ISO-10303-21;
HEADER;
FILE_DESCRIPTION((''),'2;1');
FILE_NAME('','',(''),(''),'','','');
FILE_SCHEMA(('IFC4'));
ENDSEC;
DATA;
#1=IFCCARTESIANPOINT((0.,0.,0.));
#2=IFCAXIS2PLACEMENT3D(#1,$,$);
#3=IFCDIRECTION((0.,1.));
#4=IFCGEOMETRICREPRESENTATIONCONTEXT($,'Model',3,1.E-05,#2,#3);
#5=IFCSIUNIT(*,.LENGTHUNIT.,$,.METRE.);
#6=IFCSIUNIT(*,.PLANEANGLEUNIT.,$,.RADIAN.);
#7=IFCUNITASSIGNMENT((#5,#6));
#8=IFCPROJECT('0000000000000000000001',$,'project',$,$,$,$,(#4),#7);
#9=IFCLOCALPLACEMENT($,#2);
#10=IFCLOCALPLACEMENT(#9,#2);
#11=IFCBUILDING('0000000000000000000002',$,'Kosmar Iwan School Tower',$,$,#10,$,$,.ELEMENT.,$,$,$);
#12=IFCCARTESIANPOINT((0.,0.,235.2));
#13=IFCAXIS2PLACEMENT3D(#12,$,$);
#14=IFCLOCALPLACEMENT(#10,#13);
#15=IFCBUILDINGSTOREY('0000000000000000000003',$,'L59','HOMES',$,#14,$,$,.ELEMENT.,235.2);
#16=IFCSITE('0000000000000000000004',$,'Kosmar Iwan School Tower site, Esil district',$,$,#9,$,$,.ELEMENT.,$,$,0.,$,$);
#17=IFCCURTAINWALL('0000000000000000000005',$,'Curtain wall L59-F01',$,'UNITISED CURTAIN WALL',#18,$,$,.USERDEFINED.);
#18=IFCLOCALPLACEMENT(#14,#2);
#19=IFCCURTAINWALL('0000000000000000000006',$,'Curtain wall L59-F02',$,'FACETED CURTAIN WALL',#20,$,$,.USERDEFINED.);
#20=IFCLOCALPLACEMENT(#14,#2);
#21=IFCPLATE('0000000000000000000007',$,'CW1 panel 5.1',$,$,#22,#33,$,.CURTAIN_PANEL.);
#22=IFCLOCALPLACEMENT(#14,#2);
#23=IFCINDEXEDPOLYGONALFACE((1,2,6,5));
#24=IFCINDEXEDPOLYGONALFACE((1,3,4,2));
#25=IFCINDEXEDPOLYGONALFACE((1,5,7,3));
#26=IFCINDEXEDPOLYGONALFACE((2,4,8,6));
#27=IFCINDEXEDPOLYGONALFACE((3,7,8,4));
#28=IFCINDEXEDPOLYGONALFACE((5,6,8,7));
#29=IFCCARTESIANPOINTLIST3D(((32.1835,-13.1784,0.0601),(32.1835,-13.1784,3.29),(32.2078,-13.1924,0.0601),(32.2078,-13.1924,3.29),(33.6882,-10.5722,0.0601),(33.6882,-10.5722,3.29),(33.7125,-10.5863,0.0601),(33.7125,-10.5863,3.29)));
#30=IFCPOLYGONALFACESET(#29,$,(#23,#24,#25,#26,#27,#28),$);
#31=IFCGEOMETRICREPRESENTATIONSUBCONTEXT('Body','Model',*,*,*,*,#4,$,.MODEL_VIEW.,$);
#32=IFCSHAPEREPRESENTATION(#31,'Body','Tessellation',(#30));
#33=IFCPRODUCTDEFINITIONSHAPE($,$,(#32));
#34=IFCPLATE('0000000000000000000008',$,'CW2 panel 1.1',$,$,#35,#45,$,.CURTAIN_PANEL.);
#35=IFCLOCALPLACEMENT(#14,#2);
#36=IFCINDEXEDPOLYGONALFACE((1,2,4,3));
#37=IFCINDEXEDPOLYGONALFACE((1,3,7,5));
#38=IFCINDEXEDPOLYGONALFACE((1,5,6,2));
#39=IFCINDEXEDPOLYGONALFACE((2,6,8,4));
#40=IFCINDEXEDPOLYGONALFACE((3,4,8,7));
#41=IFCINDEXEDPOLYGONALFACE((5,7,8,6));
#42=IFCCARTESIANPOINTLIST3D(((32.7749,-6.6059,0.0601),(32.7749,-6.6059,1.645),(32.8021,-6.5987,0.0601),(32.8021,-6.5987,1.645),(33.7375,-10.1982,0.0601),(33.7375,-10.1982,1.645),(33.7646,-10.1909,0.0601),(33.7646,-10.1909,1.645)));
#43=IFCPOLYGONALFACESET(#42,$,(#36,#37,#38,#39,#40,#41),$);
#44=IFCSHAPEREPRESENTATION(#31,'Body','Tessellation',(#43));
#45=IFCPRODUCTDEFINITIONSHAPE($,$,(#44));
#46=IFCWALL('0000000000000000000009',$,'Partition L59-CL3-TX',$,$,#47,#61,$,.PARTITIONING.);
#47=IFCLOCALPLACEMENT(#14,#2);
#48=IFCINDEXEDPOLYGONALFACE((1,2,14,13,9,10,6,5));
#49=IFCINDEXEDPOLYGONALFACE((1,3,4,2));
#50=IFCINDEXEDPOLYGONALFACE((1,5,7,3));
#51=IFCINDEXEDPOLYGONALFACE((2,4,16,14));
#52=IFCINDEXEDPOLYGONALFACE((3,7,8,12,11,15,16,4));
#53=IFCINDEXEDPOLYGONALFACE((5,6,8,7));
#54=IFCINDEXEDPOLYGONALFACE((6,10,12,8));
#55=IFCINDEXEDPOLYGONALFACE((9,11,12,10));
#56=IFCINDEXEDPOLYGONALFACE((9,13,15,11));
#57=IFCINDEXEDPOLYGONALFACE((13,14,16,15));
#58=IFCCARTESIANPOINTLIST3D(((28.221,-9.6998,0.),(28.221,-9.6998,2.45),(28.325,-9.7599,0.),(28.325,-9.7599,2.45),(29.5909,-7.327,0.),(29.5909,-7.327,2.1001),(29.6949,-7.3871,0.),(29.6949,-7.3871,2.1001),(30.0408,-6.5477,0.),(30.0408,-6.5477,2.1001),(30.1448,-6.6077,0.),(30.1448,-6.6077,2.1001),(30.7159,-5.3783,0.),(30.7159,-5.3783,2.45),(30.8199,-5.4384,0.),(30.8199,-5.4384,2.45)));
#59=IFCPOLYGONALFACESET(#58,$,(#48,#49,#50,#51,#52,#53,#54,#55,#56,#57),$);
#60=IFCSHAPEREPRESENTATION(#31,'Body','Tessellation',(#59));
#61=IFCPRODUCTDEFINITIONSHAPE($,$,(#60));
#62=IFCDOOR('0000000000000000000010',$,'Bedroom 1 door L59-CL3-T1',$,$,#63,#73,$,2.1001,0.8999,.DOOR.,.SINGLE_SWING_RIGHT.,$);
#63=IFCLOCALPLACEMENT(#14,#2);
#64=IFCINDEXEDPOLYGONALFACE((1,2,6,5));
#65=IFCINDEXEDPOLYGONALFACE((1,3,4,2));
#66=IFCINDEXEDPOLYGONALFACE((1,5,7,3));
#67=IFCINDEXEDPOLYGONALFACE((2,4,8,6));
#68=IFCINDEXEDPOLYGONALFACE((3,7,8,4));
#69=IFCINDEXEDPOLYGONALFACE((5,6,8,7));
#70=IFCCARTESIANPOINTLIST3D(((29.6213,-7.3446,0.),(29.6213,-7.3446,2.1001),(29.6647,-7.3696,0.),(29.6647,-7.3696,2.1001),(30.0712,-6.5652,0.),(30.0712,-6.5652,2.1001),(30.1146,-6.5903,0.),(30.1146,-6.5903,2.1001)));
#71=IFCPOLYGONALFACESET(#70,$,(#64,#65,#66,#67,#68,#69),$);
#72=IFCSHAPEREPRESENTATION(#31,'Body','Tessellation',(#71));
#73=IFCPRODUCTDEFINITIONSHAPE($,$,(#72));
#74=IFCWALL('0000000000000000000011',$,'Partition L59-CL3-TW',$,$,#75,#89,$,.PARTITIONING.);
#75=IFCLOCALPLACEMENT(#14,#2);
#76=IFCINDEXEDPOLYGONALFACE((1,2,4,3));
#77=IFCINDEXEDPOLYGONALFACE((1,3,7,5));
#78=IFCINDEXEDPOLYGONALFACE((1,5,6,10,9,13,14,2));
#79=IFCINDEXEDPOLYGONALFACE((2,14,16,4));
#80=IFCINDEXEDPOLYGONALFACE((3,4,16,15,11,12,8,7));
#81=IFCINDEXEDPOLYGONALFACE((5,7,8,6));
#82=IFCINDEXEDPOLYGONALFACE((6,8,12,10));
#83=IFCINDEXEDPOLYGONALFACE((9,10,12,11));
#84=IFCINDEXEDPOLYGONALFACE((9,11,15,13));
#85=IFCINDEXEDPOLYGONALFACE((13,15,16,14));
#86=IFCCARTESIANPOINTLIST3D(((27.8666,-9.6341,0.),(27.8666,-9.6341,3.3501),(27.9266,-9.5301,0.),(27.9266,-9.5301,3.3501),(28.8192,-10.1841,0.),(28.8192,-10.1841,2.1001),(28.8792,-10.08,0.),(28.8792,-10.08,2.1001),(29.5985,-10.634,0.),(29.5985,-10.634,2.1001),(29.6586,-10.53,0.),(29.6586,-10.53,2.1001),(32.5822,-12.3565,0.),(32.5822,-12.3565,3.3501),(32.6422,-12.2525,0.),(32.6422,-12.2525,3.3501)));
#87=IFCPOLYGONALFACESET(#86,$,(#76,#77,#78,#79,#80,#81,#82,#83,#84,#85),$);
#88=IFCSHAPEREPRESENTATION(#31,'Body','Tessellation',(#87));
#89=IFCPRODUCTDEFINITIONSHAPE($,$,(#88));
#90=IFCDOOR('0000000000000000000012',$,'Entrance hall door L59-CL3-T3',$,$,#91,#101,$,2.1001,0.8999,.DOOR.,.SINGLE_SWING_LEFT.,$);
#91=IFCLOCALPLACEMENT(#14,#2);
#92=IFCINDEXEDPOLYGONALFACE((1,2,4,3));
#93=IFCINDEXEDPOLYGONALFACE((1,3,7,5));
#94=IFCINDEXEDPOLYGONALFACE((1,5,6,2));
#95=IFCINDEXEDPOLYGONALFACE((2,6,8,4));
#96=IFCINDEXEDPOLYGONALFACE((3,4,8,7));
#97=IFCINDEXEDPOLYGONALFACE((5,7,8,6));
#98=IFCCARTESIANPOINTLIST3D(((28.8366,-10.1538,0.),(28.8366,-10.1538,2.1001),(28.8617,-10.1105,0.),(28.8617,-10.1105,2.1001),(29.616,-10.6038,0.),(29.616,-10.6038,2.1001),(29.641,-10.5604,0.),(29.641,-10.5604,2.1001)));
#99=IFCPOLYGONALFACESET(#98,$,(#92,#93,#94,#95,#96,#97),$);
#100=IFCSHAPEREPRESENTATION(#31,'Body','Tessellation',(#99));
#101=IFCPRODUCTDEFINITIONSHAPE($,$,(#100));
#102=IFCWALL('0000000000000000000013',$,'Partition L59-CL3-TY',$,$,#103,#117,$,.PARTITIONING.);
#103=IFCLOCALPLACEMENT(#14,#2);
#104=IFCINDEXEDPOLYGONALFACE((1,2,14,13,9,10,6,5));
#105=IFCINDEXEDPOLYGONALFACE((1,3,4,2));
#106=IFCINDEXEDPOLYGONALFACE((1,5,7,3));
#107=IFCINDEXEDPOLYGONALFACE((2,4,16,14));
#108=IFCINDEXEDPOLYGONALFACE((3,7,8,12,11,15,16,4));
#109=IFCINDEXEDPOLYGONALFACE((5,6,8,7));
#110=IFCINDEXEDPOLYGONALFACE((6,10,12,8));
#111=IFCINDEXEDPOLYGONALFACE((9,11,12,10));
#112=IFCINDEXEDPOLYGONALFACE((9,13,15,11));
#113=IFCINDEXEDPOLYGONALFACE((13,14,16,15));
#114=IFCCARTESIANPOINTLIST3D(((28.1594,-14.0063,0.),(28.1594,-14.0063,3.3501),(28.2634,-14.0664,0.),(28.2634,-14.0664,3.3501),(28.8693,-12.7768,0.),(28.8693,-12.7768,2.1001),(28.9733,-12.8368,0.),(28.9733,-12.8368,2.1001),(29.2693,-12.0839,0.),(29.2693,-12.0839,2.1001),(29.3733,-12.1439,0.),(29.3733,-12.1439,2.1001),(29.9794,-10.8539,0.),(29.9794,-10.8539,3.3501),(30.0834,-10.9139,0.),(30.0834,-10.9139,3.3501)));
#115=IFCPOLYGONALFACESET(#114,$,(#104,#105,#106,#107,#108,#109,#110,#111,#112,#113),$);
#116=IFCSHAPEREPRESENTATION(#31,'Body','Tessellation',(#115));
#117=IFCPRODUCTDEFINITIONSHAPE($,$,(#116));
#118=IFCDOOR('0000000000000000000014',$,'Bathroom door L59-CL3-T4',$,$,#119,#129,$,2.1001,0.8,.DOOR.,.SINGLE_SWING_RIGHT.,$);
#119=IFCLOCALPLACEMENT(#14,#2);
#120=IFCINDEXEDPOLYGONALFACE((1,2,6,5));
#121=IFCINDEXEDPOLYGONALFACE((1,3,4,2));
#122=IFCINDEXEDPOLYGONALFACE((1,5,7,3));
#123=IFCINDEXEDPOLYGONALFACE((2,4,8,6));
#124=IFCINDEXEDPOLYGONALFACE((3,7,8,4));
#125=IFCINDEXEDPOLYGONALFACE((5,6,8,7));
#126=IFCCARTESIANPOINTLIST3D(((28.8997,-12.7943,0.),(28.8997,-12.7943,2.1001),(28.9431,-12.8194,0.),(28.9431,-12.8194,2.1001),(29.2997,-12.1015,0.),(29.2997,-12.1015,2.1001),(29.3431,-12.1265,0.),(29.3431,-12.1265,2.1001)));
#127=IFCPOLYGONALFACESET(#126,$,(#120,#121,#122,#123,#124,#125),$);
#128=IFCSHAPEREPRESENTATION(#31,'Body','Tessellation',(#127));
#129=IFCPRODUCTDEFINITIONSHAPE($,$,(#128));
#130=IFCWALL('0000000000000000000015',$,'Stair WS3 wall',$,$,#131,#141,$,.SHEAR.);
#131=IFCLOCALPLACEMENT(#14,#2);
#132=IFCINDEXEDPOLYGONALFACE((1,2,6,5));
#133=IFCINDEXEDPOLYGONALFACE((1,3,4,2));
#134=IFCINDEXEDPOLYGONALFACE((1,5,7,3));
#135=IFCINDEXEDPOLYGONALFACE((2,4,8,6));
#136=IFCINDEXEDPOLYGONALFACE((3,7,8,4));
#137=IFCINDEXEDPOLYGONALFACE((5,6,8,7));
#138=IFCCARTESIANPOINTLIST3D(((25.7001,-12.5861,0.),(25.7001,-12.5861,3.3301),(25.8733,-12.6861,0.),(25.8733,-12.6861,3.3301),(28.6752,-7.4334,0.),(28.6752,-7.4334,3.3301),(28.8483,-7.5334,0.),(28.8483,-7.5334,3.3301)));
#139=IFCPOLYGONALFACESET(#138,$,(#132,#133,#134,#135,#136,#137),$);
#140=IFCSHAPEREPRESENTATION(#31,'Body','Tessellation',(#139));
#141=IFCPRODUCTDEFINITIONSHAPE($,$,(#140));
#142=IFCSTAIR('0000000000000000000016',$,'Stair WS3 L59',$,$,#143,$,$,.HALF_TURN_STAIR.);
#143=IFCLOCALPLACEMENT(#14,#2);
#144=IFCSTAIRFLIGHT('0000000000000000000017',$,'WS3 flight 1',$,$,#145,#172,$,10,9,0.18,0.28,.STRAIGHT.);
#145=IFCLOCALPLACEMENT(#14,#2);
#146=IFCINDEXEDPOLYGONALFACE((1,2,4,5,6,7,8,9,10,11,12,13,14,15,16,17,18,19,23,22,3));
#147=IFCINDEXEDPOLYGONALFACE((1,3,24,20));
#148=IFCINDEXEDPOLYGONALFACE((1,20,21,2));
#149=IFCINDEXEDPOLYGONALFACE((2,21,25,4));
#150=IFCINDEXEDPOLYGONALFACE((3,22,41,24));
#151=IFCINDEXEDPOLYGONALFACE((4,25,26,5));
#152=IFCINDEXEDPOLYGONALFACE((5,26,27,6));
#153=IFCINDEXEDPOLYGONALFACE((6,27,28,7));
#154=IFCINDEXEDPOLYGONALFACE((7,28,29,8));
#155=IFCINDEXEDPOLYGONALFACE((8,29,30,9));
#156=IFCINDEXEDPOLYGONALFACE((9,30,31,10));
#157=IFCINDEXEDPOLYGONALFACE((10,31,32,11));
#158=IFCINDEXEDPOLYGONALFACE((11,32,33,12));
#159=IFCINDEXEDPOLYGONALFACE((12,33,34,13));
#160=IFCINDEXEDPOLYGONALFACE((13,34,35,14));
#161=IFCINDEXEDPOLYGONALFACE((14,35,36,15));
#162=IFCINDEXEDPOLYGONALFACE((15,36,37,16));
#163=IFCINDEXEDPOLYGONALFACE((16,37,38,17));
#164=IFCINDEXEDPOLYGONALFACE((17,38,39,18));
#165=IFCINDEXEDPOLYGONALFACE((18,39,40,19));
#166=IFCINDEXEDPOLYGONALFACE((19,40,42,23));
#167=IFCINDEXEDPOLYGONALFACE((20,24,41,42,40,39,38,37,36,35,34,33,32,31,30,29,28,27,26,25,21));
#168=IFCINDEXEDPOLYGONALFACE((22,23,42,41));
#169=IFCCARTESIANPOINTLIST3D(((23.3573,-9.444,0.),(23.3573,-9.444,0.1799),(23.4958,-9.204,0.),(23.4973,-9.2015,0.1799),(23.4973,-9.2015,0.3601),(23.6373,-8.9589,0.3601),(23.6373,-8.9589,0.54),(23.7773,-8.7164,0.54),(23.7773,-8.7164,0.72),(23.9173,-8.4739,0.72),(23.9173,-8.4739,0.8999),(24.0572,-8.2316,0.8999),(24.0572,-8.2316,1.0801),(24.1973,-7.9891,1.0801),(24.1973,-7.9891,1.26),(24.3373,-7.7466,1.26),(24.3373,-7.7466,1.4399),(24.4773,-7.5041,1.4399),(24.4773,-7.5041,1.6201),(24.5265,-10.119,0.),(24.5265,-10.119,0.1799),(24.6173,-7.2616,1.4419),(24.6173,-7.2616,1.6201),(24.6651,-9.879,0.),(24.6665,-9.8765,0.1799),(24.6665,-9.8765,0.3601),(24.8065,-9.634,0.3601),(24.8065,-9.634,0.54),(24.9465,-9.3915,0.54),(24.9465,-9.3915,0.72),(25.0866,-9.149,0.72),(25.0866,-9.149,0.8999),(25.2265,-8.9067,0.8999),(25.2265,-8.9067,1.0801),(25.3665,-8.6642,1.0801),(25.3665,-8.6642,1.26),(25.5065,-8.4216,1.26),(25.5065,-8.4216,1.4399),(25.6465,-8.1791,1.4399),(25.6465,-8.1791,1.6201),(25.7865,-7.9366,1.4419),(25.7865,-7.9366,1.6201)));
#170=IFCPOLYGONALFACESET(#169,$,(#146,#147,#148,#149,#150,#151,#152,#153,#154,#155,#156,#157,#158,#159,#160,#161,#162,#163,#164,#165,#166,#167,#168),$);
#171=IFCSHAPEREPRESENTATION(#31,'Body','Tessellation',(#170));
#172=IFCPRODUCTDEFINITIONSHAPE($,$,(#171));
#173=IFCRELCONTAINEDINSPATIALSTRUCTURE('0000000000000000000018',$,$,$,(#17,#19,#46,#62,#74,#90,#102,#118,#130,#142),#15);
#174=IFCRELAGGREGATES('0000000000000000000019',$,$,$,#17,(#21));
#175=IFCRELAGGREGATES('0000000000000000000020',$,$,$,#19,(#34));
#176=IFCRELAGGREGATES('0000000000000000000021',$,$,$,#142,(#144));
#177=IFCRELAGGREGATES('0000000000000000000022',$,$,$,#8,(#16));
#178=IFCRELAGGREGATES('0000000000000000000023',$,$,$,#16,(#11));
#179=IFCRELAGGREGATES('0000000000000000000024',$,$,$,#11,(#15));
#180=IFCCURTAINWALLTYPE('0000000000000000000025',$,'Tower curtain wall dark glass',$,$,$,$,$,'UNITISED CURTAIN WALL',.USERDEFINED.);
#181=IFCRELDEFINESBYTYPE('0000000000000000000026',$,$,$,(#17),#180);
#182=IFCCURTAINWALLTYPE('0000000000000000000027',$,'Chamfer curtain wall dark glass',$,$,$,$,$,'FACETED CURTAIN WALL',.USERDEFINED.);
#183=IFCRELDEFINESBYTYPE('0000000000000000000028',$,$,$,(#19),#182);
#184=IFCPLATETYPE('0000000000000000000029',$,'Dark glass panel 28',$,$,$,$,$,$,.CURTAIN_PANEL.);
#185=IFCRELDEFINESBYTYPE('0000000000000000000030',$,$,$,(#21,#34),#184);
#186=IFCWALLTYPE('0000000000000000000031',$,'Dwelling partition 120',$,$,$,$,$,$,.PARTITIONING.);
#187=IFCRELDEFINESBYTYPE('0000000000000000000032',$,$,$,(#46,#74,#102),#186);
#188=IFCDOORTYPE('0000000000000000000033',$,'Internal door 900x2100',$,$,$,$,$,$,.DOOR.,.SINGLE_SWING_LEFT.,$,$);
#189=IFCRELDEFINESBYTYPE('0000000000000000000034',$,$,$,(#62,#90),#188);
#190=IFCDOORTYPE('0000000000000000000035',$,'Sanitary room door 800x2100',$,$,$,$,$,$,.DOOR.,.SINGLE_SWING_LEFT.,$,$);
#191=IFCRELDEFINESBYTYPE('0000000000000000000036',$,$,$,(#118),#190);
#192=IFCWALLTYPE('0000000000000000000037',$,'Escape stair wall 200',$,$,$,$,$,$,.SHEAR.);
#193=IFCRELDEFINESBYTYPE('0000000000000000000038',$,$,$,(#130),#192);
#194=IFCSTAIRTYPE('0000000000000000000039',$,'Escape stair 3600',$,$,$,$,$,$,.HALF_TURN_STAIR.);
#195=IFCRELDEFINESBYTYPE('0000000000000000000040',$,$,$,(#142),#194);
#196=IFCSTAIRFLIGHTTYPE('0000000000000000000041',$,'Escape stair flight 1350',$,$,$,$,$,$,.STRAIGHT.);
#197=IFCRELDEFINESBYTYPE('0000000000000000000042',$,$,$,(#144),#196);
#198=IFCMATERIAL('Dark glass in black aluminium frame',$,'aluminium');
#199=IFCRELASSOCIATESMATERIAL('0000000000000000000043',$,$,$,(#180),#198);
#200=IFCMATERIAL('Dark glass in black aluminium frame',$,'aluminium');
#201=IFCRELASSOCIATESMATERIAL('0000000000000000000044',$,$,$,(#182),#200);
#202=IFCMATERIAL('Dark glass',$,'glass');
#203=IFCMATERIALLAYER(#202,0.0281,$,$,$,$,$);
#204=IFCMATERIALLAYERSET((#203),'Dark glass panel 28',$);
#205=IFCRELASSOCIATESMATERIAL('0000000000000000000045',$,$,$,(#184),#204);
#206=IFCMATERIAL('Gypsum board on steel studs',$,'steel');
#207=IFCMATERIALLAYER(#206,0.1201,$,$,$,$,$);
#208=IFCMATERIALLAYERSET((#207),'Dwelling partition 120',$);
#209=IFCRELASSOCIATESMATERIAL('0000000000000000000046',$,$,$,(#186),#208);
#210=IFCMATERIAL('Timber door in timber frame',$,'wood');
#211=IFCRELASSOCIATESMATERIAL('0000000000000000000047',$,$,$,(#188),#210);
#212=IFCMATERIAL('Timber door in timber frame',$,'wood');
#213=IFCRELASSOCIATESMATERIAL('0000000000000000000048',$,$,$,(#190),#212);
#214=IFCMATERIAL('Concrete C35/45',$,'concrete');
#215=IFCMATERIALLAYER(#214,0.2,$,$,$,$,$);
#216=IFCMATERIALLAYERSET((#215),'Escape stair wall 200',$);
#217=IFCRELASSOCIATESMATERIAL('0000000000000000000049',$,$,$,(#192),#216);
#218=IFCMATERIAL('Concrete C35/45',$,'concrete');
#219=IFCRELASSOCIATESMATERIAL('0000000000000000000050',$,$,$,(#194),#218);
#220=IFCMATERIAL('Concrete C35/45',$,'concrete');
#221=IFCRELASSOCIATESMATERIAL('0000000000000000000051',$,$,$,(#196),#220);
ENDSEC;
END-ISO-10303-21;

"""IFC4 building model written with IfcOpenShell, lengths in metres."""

from ifc_helpers import new_model, si_unit, direction, frame, frame_2d, origin, origin_2d, place, context, subcontext, project, spatial, polyline, rectangle, outline, extrude, material, layer, layer_set, type_object, element, fill, aggregate, save


model = new_model("IFC4")

# Units and contexts
model_context = context("Model", 3, precision=1e-05, world=origin(), true_north=direction((0.0, 1.0)))
body_context = subcontext(model_context, "Body", "Model", "MODEL_VIEW")
ifc_project = project(units=[si_unit("LENGTHUNIT", "METRE"), si_unit("PLANEANGLEUNIT", "RADIAN")], contexts=[model_context])

# Site, building, storey
site_placement = place(None, origin())
site = spatial("IfcSite", under=ifc_project, at=site_placement, Name="Kosmar Iwan School Tower site, Esil district", CompositionType="ELEMENT", RefElevation=0.0)
building_placement = place(site_placement, origin())
building = spatial("IfcBuilding", under=site, at=building_placement, Name="Kosmar Iwan School Tower", CompositionType="ELEMENT")
storey_placement = place(building_placement, frame((0.0, 0.0, 235.2)))
storey = spatial("IfcBuildingStorey", under=building, at=storey_placement, Name="L59", Description="HOMES", CompositionType="ELEMENT", Elevation=235.2)

# Curtain wall
ifc_material_1 = material(Name="Dark glass in black aluminium frame", Category="aluminium")
curtain_wall_type_1 = type_object("IfcCurtainWallType", Name="Tower curtain wall dark glass", ElementType="UNITISED CURTAIN WALL", PredefinedType="USERDEFINED", material=ifc_material_1)
curtain_wall_1_placement = place(storey_placement, origin())
curtain_wall_1 = element("IfcCurtainWall", 1, at=curtain_wall_1_placement, inside=storey, type_object=curtain_wall_type_1, Name="Curtain wall L59-F01", ObjectType="UNITISED CURTAIN WALL", PredefinedType="USERDEFINED")

# Curtain wall
ifc_material_2 = material(Name="Dark glass in black aluminium frame", Category="aluminium")
curtain_wall_type_2 = type_object("IfcCurtainWallType", Name="Chamfer curtain wall dark glass", ElementType="FACETED CURTAIN WALL", PredefinedType="USERDEFINED", material=ifc_material_2)
curtain_wall_2_placement = place(storey_placement, origin())
curtain_wall_2 = element("IfcCurtainWall", 2, at=curtain_wall_2_placement, inside=storey, type_object=curtain_wall_type_2, Name="Curtain wall L59-F02", ObjectType="FACETED CURTAIN WALL", PredefinedType="USERDEFINED")

# Plates
ifc_material_3 = material(Name="Dark glass", Category="glass")
ifc_layer_1 = layer(ifc_material_3, 0.0281)
ifc_layer_set_1 = layer_set([ifc_layer_1], Name="Dark glass panel 28")
plate_type = type_object("IfcPlateType", Name="Dark glass panel 28", PredefinedType="CURTAIN_PANEL", material=ifc_layer_set_1)
plate_1_placement = place(storey_placement, frame((32.948, -11.8823, 0.0601), z_axis=(0.0, 0.0, 1.0), x_axis=(0.5, 0.866025, 0.0)))
plate_1 = element("IfcPlate", 3, at=plate_1_placement, type_object=plate_type, Name="CW1 panel 5.1", PredefinedType="CURTAIN_PANEL", context=body_context, shape_type="SweptSolid", body=[
    extrude(rectangle(XDim=3.0093, YDim=0.0281, at=origin_2d()), origin(), (0.0, 0.0, 1.0), 3.23),
])
aggregate(curtain_wall_1, [plate_1])
plate_2_placement = place(storey_placement, frame((33.2698, -8.3984, 0.0601), z_axis=(0.0, 0.0, 1.0), x_axis=(-0.258819, 0.965926, 0.0)))
plate_2 = element("IfcPlate", 4, at=plate_2_placement, type_object=plate_type, Name="CW2 panel 1.1", PredefinedType="CURTAIN_PANEL", context=body_context, shape_type="SweptSolid", body=[
    extrude(rectangle(XDim=3.719, YDim=0.0281, at=origin_2d()), origin(), (0.0, 0.0, 1.0), 1.585),
])
aggregate(curtain_wall_2, [plate_2])

# Walls, openings, doors
ifc_material_4 = material(Name="Gypsum board on steel studs", Category="steel")
ifc_layer_2 = layer(ifc_material_4, 0.1201)
ifc_layer_set_2 = layer_set([ifc_layer_2], Name="Dwelling partition 120")
wall_type_1 = type_object("IfcWallType", Name="Dwelling partition 120", PredefinedType="PARTITIONING", material=ifc_layer_set_2)
wall_1_placement = place(storey_placement, frame((28.2729, -9.73, 0.0), z_axis=(0.0, 0.0, 1.0), x_axis=(0.499975, 0.86604, 0.0)))
wall_1 = element("IfcWall", 5, at=wall_1_placement, inside=storey, type_object=wall_type_1, Name="Partition L59-CL3-TX", PredefinedType="PARTITIONING", context=body_context, shape_type="SweptSolid", body=[
    extrude(rectangle(XDim=4.99, YDim=0.1201, at=frame_2d((2.4951, 0.0))), origin(), (0.0, 0.0, 1.0), 2.45),
])
opening_1_placement = place(wall_1_placement, frame((2.74, 0.0, 0.0)))
opening_1 = element("IfcOpeningElement", 6, at=opening_1_placement, cuts=wall_1, PredefinedType="OPENING", context=body_context, shape_type="SweptSolid", body=[
    extrude(rectangle(XDim=0.8999, YDim=2.1001, at=frame_2d((0.45, 1.05))), frame((0.0, 0.072, 0.0), z_axis=(0.0, -1.0, 0.0), x_axis=(1.0, 0.0, 0.0)), (0.0, 0.0, 1.0), 0.144),
])
ifc_material_5 = material(Name="Timber door in timber frame", Category="wood")
door_type_1 = type_object("IfcDoorType", Name="Internal door 900x2100", OperationType="SINGLE_SWING_LEFT", PredefinedType="DOOR", material=ifc_material_5)
door_1_placement = place(opening_1_placement, origin())
door_1 = element("IfcDoor", 7, at=door_1_placement, inside=storey, type_object=door_type_1, Name="Bedroom 1 door L59-CL3-T1", OperationType="SINGLE_SWING_RIGHT", OverallHeight=2.1001, OverallWidth=0.8999, PredefinedType="DOOR", context=body_context, shape_type="SweptSolid", body=[
    extrude(rectangle(XDim=0.8999, YDim=2.1001, at=frame_2d((0.45, 1.05))), frame((0.0, 0.0249, 0.0), z_axis=(0.0, -1.0, 0.0), x_axis=(1.0, 0.0, 0.0)), (0.0, 0.0, 1.0), 0.05),
])
fill(opening_1, door_1)
wall_2_placement = place(storey_placement, frame((27.8965, -9.582, 0.0), z_axis=(0.0, 0.0, 1.0), x_axis=(0.866036, -0.499982, 0.0)))
wall_2 = element("IfcWall", 8, at=wall_2_placement, inside=storey, type_object=wall_type_1, Name="Partition L59-CL3-TW", PredefinedType="PARTITIONING", context=body_context, shape_type="SweptSolid", body=[
    extrude(rectangle(XDim=5.4451, YDim=0.1201, at=frame_2d((2.7227, 0.0))), origin(), (0.0, 0.0, 1.0), 3.3501),
])
opening_2_placement = place(wall_2_placement, frame((1.1001, 0.0, 0.0)))
opening_2 = element("IfcOpeningElement", 9, at=opening_2_placement, cuts=wall_2, PredefinedType="OPENING", context=body_context, shape_type="SweptSolid", body=[
    extrude(rectangle(XDim=0.8999, YDim=2.1001, at=frame_2d((0.45, 1.05))), frame((0.0, 0.072, 0.0), z_axis=(0.0, -1.0, 0.0), x_axis=(1.0, 0.0, 0.0)), (0.0, 0.0, 1.0), 0.144),
])
door_2_placement = place(opening_2_placement, origin())
door_2 = element("IfcDoor", 10, at=door_2_placement, inside=storey, type_object=door_type_1, Name="Entrance hall door L59-CL3-T3", OperationType="SINGLE_SWING_LEFT", OverallHeight=2.1001, OverallWidth=0.8999, PredefinedType="DOOR", context=body_context, shape_type="SweptSolid", body=[
    extrude(rectangle(XDim=0.8999, YDim=2.1001, at=frame_2d((0.45, 1.05))), frame((0.0, 0.0249, 0.0), z_axis=(0.0, -1.0, 0.0), x_axis=(1.0, 0.0, 0.0)), (0.0, 0.0, 1.0), 0.05),
])
fill(opening_2, door_2)
wall_3_placement = place(storey_placement, frame((28.2114, -14.0364, 0.0), z_axis=(0.0, 0.0, 1.0), x_axis=(0.499984, 0.866035, 0.0)))
wall_3 = element("IfcWall", 11, at=wall_3_placement, inside=storey, type_object=wall_type_1, Name="Partition L59-CL3-TY", PredefinedType="PARTITIONING", context=body_context, shape_type="SweptSolid", body=[
    extrude(rectangle(XDim=3.6401, YDim=0.1201, at=frame_2d((1.8201, 0.0))), origin(), (0.0, 0.0, 1.0), 3.3501),
])
opening_3_placement = place(wall_3_placement, frame((1.4199, 0.0, 0.0)))
opening_3 = element("IfcOpeningElement", 12, at=opening_3_placement, cuts=wall_3, PredefinedType="OPENING", context=body_context, shape_type="SweptSolid", body=[
    extrude(rectangle(XDim=0.8, YDim=2.1001, at=frame_2d((0.3999, 1.05))), frame((0.0, 0.072, 0.0), z_axis=(0.0, -1.0, 0.0), x_axis=(1.0, 0.0, 0.0)), (0.0, 0.0, 1.0), 0.144),
])
ifc_material_6 = material(Name="Timber door in timber frame", Category="wood")
door_type_2 = type_object("IfcDoorType", Name="Sanitary room door 800x2100", OperationType="SINGLE_SWING_LEFT", PredefinedType="DOOR", material=ifc_material_6)
door_3_placement = place(opening_3_placement, origin())
door_3 = element("IfcDoor", 13, at=door_3_placement, inside=storey, type_object=door_type_2, Name="Bathroom door L59-CL3-T4", OperationType="SINGLE_SWING_RIGHT", OverallHeight=2.1001, OverallWidth=0.8, PredefinedType="DOOR", context=body_context, shape_type="SweptSolid", body=[
    extrude(rectangle(XDim=0.8, YDim=2.1001, at=frame_2d((0.3999, 1.05))), frame((0.0, 0.0249, 0.0), z_axis=(0.0, -1.0, 0.0), x_axis=(1.0, 0.0, 0.0)), (0.0, 0.0, 1.0), 0.05),
])
fill(opening_3, door_3)

# Wall
ifc_material_7 = material(Name="Concrete C35/45", Category="concrete")
ifc_layer_3 = layer(ifc_material_7, 0.2)
ifc_layer_set_3 = layer_set([ifc_layer_3], Name="Escape stair wall 200")
wall_type_2 = type_object("IfcWallType", Name="Escape stair wall 200", PredefinedType="SHEAR", material=ifc_layer_set_3)
wall_4_placement = place(storey_placement, frame((25.7866, -12.6362, 0.0), z_axis=(0.0, 0.0, 1.0), x_axis=(0.500014, 0.866017, 0.0)))
element("IfcWall", 14, at=wall_4_placement, inside=storey, type_object=wall_type_2, Name="Stair WS3 wall", PredefinedType="SHEAR", context=body_context, shape_type="SweptSolid", body=[
    extrude(rectangle(XDim=5.95, YDim=0.2, at=frame_2d((2.9751, 0.0))), origin(), (0.0, 0.0, 1.0), 3.3301),
])

# Stair, stair flight
ifc_material_8 = material(Name="Concrete C35/45", Category="concrete")
stair_type = type_object("IfcStairType", Name="Escape stair 3600", PredefinedType="HALF_TURN_STAIR", material=ifc_material_8)
stair_placement = place(storey_placement, origin())
stair = element("IfcStair", 15, at=stair_placement, inside=storey, type_object=stair_type, Name="Stair WS3 L59", PredefinedType="HALF_TURN_STAIR")
ifc_material_9 = material(Name="Concrete C35/45", Category="concrete")
stair_flight_type = type_object("IfcStairFlightType", Name="Escape stair flight 1350", PredefinedType="STRAIGHT", material=ifc_material_9)
stair_flight_1_placement = place(storey_placement, frame((23.9419, -9.7815, 0.0), z_axis=(0.0, 0.0, 1.0), x_axis=(0.5, 0.866025, 0.0)))
stair_flight_1 = element("IfcStairFlight", 16, at=stair_flight_1_placement, type_object=stair_flight_type, Name="WS3 flight 1", NumberOfRisers=10, NumberOfTreads=9, PredefinedType="STRAIGHT", RiserHeight=0.18, TreadLength=0.28, context=body_context, shape_type="SweptSolid", body=[
    extrude(outline(polyline([(0.0, 0.0), (0.0, 0.1799), (0.28, 0.1799), (0.28, 0.3601), (0.5601, 0.3601), (0.5601, 0.54), (0.8401, 0.54), (0.8401, 0.72), (1.1201, 0.72), (1.1201, 0.8999), (1.3999, 0.8999), (1.3999, 1.0801), (1.6799, 1.0801), (1.6799, 1.26), (1.96, 1.26), (1.96, 1.4399), (2.24, 1.4399), (2.24, 1.6201), (2.52, 1.6201), (2.52, 1.8), (2.52, 1.4419), (0.2771, 0.0), (0.0, 0.0)])), frame((0.0, 0.675, 0.0), z_axis=(0.0, -1.0, 0.0), x_axis=(1.0, 0.0, 0.0)), (0.0, 0.0, 1.0), 1.3501),
])
aggregate(stair, [stair_flight_1])

save(model, "model.ifc")
